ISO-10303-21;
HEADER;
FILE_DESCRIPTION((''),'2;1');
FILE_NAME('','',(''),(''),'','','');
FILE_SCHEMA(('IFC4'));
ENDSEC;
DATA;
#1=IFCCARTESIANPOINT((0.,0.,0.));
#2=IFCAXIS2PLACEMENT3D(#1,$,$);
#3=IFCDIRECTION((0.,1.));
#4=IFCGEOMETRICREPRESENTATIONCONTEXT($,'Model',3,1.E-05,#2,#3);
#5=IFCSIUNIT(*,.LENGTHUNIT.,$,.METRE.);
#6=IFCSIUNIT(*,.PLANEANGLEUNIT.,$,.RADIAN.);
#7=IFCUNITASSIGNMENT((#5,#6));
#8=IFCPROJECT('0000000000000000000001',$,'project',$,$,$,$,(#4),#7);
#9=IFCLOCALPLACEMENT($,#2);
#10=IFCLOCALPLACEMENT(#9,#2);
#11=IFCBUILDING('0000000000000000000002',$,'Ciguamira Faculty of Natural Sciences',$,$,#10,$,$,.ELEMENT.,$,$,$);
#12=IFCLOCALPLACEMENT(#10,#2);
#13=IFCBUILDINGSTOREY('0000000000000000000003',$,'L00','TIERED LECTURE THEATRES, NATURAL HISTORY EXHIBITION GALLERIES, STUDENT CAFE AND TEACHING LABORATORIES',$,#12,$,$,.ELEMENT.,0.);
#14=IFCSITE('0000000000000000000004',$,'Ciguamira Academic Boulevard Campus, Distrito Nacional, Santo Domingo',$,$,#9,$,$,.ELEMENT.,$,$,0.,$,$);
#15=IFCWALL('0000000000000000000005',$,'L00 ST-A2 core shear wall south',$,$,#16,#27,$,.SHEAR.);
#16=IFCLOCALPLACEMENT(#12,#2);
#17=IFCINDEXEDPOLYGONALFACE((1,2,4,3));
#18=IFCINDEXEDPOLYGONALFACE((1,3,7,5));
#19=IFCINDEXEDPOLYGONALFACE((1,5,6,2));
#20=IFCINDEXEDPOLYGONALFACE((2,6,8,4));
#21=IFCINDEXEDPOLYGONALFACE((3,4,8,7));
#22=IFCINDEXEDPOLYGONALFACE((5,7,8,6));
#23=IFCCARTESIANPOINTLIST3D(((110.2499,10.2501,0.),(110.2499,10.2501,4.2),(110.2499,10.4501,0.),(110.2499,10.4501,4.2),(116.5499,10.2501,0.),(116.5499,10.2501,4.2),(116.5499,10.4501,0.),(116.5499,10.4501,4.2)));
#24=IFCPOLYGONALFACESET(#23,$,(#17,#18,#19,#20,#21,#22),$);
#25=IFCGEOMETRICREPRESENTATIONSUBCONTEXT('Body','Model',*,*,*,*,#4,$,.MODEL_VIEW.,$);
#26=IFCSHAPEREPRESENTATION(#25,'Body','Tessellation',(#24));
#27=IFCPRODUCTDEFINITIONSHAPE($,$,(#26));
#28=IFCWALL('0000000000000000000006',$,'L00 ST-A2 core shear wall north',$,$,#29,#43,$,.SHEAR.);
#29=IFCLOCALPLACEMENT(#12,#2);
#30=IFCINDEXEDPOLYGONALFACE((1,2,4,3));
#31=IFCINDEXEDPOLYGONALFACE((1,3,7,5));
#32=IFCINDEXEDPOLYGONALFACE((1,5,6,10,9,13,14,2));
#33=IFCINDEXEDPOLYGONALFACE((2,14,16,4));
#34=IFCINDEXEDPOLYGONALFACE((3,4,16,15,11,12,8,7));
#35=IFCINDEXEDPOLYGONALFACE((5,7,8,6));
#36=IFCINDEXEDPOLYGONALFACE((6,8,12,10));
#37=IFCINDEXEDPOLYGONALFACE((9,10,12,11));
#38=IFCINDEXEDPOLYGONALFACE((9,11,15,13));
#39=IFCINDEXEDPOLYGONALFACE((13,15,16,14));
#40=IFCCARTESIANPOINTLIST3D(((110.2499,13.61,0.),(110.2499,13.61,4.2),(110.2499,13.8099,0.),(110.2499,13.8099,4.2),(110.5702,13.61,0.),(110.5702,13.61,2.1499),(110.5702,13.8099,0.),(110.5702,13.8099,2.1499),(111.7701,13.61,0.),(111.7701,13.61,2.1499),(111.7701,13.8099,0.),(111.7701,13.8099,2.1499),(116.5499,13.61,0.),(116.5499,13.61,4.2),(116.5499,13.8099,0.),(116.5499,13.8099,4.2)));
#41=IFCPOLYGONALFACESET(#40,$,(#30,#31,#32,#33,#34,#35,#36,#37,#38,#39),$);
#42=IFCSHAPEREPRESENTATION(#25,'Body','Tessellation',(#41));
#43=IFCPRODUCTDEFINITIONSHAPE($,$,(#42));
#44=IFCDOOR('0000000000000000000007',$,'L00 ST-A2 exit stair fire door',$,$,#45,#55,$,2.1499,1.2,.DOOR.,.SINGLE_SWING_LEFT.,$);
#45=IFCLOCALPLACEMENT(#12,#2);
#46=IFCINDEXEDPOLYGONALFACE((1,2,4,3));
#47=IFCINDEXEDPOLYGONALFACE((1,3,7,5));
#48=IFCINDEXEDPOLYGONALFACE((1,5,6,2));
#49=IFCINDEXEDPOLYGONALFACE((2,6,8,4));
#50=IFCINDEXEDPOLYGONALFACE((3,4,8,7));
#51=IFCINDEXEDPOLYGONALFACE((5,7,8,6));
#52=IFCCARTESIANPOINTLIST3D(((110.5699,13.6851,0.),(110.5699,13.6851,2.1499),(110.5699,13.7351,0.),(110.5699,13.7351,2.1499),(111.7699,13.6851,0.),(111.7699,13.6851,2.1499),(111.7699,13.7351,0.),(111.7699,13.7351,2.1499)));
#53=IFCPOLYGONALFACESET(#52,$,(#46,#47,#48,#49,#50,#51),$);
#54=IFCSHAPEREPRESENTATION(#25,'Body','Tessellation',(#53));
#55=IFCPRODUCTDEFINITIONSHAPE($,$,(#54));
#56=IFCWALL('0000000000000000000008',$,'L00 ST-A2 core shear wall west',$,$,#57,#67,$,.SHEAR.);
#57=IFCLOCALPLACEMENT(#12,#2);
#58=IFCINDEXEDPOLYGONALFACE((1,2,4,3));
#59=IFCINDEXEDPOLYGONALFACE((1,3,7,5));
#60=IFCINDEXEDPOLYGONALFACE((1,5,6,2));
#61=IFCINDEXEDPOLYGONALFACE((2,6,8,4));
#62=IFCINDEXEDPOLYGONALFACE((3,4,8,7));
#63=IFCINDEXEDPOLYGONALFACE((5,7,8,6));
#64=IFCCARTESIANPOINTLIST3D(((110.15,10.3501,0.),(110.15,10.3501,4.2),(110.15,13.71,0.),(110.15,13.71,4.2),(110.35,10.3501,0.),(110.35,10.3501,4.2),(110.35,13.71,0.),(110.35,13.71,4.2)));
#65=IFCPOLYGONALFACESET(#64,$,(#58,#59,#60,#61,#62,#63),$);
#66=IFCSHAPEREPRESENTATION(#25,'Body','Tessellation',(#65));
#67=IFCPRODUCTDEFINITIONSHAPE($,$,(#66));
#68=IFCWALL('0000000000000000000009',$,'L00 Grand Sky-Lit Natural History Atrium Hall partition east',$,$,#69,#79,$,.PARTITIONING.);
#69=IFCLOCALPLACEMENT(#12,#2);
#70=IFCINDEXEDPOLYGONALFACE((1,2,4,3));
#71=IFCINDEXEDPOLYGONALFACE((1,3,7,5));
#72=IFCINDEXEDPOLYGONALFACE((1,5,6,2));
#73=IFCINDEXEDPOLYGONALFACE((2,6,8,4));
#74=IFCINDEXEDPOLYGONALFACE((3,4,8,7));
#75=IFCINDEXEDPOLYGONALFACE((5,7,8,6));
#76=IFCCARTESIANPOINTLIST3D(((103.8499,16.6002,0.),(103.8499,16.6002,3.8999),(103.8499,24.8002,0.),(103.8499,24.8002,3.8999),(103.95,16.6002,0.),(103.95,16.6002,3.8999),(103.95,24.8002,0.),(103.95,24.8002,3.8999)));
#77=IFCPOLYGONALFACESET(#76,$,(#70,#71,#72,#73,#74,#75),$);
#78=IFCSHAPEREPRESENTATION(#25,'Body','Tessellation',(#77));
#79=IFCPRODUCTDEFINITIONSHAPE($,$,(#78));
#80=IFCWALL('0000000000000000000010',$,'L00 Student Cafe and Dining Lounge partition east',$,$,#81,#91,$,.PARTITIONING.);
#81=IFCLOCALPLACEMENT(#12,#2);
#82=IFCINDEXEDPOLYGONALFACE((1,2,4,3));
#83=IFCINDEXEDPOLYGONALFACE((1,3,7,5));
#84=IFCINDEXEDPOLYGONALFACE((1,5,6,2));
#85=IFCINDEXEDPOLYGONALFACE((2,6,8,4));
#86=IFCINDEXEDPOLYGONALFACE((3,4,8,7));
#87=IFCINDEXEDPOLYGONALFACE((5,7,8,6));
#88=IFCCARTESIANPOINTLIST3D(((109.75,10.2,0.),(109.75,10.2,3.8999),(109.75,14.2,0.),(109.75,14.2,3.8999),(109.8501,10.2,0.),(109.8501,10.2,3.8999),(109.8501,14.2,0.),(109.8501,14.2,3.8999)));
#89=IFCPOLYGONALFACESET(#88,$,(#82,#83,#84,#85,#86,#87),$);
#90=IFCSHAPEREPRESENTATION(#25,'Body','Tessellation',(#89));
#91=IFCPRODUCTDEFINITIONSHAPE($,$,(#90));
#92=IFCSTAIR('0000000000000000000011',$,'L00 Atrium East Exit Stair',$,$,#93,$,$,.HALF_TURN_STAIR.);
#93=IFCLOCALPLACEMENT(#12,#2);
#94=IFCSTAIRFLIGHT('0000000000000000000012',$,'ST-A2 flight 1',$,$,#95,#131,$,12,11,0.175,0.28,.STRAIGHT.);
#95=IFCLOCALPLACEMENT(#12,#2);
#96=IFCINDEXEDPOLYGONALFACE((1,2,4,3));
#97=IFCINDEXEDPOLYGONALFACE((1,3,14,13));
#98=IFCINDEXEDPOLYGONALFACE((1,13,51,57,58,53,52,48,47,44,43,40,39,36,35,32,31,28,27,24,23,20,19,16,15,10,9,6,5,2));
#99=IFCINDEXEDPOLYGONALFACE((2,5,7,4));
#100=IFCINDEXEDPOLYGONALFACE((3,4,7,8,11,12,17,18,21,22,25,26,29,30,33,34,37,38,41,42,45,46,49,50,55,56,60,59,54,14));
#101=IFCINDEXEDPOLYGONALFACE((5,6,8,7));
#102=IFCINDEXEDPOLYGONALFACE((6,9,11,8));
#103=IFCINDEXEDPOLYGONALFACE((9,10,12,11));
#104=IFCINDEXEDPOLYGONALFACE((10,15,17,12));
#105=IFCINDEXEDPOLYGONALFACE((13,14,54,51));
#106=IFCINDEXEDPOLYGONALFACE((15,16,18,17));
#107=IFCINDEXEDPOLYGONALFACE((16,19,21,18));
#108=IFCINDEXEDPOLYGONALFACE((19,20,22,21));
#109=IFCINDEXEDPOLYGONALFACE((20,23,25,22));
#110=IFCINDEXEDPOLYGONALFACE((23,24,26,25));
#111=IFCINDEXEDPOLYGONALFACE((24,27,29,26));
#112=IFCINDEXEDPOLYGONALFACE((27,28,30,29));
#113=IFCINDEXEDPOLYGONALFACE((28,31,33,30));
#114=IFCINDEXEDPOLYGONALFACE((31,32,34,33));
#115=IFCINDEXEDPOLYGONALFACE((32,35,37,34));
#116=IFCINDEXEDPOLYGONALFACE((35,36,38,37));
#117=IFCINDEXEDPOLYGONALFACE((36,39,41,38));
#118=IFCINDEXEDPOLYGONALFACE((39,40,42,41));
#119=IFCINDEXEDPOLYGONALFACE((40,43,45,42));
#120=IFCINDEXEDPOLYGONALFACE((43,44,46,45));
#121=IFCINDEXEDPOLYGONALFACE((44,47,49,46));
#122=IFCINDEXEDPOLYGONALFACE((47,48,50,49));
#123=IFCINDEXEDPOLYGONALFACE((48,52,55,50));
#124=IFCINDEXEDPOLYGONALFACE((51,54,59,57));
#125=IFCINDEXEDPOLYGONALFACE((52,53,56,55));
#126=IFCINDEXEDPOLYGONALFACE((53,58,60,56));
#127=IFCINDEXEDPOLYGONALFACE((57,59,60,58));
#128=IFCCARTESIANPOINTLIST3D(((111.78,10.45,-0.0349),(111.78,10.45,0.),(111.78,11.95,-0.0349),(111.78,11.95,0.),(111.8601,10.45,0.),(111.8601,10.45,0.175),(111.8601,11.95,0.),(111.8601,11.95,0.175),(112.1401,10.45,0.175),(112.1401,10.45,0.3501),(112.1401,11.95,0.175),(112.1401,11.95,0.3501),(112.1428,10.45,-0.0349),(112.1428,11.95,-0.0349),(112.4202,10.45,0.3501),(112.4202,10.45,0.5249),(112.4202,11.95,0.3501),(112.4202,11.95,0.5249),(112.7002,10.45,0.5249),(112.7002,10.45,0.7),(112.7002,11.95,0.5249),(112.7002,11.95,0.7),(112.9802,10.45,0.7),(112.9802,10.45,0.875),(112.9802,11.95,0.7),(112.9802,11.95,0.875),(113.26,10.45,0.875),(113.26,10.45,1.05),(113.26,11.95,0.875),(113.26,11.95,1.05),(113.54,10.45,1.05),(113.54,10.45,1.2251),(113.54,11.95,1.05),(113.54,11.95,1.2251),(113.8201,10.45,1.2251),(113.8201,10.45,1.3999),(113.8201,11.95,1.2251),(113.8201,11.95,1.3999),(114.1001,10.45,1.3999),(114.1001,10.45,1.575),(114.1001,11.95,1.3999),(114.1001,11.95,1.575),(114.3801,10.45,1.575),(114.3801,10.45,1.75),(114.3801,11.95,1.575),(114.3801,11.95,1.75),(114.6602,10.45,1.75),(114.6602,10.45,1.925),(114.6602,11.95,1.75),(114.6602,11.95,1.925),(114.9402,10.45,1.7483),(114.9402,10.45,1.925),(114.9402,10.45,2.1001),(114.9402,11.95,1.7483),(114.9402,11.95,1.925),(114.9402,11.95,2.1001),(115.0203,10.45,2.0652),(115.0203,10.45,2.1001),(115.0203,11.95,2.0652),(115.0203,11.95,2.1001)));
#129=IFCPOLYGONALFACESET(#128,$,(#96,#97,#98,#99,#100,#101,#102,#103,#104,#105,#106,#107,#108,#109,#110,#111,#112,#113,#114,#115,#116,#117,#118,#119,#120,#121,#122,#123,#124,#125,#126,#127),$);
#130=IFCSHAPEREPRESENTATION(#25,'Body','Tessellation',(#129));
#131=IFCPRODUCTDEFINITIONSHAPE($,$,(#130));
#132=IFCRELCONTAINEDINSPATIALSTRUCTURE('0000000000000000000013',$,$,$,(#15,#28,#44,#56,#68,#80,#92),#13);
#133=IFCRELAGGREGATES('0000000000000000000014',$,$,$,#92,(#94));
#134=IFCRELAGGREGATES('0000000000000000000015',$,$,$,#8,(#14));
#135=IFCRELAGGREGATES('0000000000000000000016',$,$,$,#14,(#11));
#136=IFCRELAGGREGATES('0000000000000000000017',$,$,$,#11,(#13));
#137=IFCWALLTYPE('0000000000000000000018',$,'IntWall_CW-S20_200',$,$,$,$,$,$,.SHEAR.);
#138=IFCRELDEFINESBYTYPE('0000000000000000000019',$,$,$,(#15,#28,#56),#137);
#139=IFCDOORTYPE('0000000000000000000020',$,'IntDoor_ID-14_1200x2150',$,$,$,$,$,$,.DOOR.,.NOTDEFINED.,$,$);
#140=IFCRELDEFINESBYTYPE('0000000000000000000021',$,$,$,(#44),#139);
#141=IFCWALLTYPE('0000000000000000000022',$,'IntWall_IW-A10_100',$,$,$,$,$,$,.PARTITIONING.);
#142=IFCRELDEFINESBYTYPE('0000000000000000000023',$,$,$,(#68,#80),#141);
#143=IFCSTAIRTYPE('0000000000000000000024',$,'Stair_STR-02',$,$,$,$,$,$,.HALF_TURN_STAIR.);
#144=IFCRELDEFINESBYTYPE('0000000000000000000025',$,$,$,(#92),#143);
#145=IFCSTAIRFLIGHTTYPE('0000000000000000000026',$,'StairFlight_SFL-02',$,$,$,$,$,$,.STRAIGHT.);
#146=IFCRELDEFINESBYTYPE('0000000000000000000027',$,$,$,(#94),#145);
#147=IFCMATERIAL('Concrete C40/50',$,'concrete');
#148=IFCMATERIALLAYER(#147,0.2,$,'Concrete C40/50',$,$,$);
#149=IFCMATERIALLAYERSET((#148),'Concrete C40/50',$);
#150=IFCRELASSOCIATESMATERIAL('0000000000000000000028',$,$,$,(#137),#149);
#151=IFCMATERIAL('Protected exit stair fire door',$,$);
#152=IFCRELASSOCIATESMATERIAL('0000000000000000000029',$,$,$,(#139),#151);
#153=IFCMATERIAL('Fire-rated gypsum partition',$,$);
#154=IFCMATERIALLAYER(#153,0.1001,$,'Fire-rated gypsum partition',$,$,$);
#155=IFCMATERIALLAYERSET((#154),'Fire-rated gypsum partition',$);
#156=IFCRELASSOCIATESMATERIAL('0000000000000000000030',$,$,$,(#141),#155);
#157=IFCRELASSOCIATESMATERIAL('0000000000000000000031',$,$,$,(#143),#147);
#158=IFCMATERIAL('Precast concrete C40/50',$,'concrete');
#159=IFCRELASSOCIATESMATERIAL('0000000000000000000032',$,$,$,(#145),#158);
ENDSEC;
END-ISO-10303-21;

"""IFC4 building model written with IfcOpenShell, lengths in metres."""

from ifc_helpers import new_model, si_unit, direction, frame, frame_2d, origin, place, context, subcontext, project, spatial, polyline, rectangle, outline, extrude, material, layer, layer_set, type_object, element, fill, aggregate, save


model = new_model("IFC4")

# Units and contexts
model_context = context("Model", 3, precision=1e-05, world=origin(), true_north=direction((0.0, 1.0)))
body_context = subcontext(model_context, "Body", "Model", "MODEL_VIEW")
ifc_project = project(units=[si_unit("LENGTHUNIT", "METRE"), si_unit("PLANEANGLEUNIT", "RADIAN")], contexts=[model_context])

# Site, building, storey
site_placement = place(None, origin())
site = spatial("IfcSite", under=ifc_project, at=site_placement, Name="Ciguamira Academic Boulevard Campus, Distrito Nacional, Santo Domingo", CompositionType="ELEMENT", RefElevation=0.0)
building_placement = place(site_placement, origin())
building = spatial("IfcBuilding", under=site, at=building_placement, Name="Ciguamira Faculty of Natural Sciences", CompositionType="ELEMENT")
storey_placement = place(building_placement, origin())
storey = spatial("IfcBuildingStorey", under=building, at=storey_placement, Name="L00", Description="TIERED LECTURE THEATRES, NATURAL HISTORY EXHIBITION GALLERIES, STUDENT CAFE AND TEACHING LABORATORIES", CompositionType="ELEMENT", Elevation=0.0)

# Shared definitions
ifc_material_1 = material(Name="Concrete C40/50", Category="concrete")

# Wall
ifc_layer_1 = layer(ifc_material_1, 0.2, Name="Concrete C40/50")
ifc_layer_set_1 = layer_set([ifc_layer_1], Name="Concrete C40/50")
wall_type_1 = type_object("IfcWallType", Name="IntWall_CW-S20_200", PredefinedType="SHEAR", material=ifc_layer_set_1)
wall_1_placement = place(storey_placement, frame((110.25, 10.3501, 0.0), z_axis=(0.0, 0.0, 1.0), x_axis=(1.0, 0.0, 0.0)))
element("IfcWall", 1, at=wall_1_placement, inside=storey, type_object=wall_type_1, Name="L00 ST-A2 core shear wall south", PredefinedType="SHEAR", context=body_context, shape_type="SweptSolid", body=[
    extrude(rectangle(XDim=6.3, YDim=0.2, at=frame_2d((3.1499, 0.0))), origin(), (0.0, 0.0, 1.0), 4.2),
])

# Wall, opening, door
wall_2_placement = place(storey_placement, frame((110.25, 13.71, 0.0), z_axis=(0.0, 0.0, 1.0), x_axis=(1.0, 0.0, 0.0)))
wall_2 = element("IfcWall", 2, at=wall_2_placement, inside=storey, type_object=wall_type_1, Name="L00 ST-A2 core shear wall north", PredefinedType="SHEAR", context=body_context, shape_type="SweptSolid", body=[
    extrude(rectangle(XDim=6.3, YDim=0.2, at=frame_2d((3.1499, 0.0))), origin(), (0.0, 0.0, 1.0), 4.2),
])
opening_placement = place(wall_2_placement, frame((0.3201, 0.0, 0.0)))
opening = element("IfcOpeningElement", 3, at=opening_placement, cuts=wall_2, PredefinedType="OPENING", context=body_context, shape_type="SweptSolid", body=[
    extrude(rectangle(XDim=1.2, YDim=2.1499, at=frame_2d((0.6001, 1.075))), frame((0.0, 0.1099, 0.0), z_axis=(0.0, -1.0, 0.0), x_axis=(1.0, 0.0, 0.0)), (0.0, 0.0, 1.0), 0.22),
])
ifc_material_2 = material(Name="Protected exit stair fire door")
door_type = type_object("IfcDoorType", Name="IntDoor_ID-14_1200x2150", OperationType="NOTDEFINED", PredefinedType="DOOR", material=ifc_material_2)
door_placement = place(opening_placement, frame((1.2, 0.0, 0.0), z_axis=(0.0, 0.0, 1.0), x_axis=(-1.0, 0.0, 0.0)))
door = element("IfcDoor", 4, at=door_placement, inside=storey, type_object=door_type, Name="L00 ST-A2 exit stair fire door", OperationType="SINGLE_SWING_LEFT", OverallHeight=2.1499, OverallWidth=1.2, PredefinedType="DOOR", context=body_context, shape_type="SweptSolid", body=[
    extrude(rectangle(XDim=1.2, YDim=2.1499, at=frame_2d((0.6001, 1.075))), frame((0.0, 0.0249, 0.0), z_axis=(0.0, -1.0, 0.0), x_axis=(1.0, 0.0, 0.0)), (0.0, 0.0, 1.0), 0.05),
])
fill(opening, door)

# Walls
wall_3_placement = place(storey_placement, frame((110.25, 10.3501, 0.0), z_axis=(0.0, 0.0, 1.0), x_axis=(0.0, 1.0, 0.0)))
element("IfcWall", 5, at=wall_3_placement, inside=storey, type_object=wall_type_1, Name="L00 ST-A2 core shear wall west", PredefinedType="SHEAR", context=body_context, shape_type="SweptSolid", body=[
    extrude(rectangle(XDim=3.3599, YDim=0.2, at=frame_2d((1.6799, 0.0))), origin(), (0.0, 0.0, 1.0), 4.2),
])
ifc_material_3 = material(Name="Fire-rated gypsum partition")
ifc_layer_2 = layer(ifc_material_3, 0.1001, Name="Fire-rated gypsum partition")
ifc_layer_set_2 = layer_set([ifc_layer_2], Name="Fire-rated gypsum partition")
wall_type_2 = type_object("IfcWallType", Name="IntWall_IW-A10_100", PredefinedType="PARTITIONING", material=ifc_layer_set_2)
wall_4_placement = place(storey_placement, frame((103.8999, 16.6001, 0.0), z_axis=(0.0, 0.0, 1.0), x_axis=(0.0, 1.0, 0.0)))
element("IfcWall", 6, at=wall_4_placement, inside=storey, type_object=wall_type_2, Name="L00 Grand Sky-Lit Natural History Atrium Hall partition east", PredefinedType="PARTITIONING", context=body_context, shape_type="SweptSolid", body=[
    extrude(rectangle(XDim=8.2, YDim=0.1001, at=frame_2d((4.1001, 0.0))), origin(), (0.0, 0.0, 1.0), 3.8999),
])
wall_5_placement = place(storey_placement, frame((109.8, 10.2, 0.0), z_axis=(0.0, 0.0, 1.0), x_axis=(0.0, 1.0, 0.0)))
element("IfcWall", 7, at=wall_5_placement, inside=storey, type_object=wall_type_2, Name="L00 Student Cafe and Dining Lounge partition east", PredefinedType="PARTITIONING", context=body_context, shape_type="SweptSolid", body=[
    extrude(rectangle(XDim=4.0, YDim=0.1001, at=frame_2d((2.0, 0.0))), origin(), (0.0, 0.0, 1.0), 3.8999),
])

# Stair, stair flight
stair_type = type_object("IfcStairType", Name="Stair_STR-02", PredefinedType="HALF_TURN_STAIR", material=ifc_material_1)
stair_placement = place(storey_placement, origin())
stair = element("IfcStair", 8, at=stair_placement, inside=storey, type_object=stair_type, Name="L00 Atrium East Exit Stair", PredefinedType="HALF_TURN_STAIR")
ifc_material_4 = material(Name="Precast concrete C40/50", Category="concrete")
stair_flight_type = type_object("IfcStairFlightType", Name="StairFlight_SFL-02", PredefinedType="STRAIGHT", material=ifc_material_4)
stair_flight_placement = place(storey_placement, frame((111.8601, 11.2, 0.0), z_axis=(0.0, 0.0, 1.0), x_axis=(1.0, 0.0, 0.0)))
stair_flight = element("IfcStairFlight", 9, at=stair_flight_placement, type_object=stair_flight_type, Name="ST-A2 flight 1", NumberOfRisers=12, NumberOfTreads=11, PredefinedType="STRAIGHT", RiserHeight=0.175, TreadLength=0.28, context=body_context, shape_type="SweptSolid", body=[
    extrude(outline(polyline([(-0.0801, -0.0349), (-0.0801, 0.0), (0.0, 0.0), (0.0, 0.175), (0.28, 0.175), (0.28, 0.3501), (0.5601, 0.3501), (0.5601, 0.5249), (0.8401, 0.5249), (0.8401, 0.7), (1.1201, 0.7), (1.1201, 0.875), (1.3999, 0.875), (1.3999, 1.05), (1.6799, 1.05), (1.6799, 1.2251), (1.96, 1.2251), (1.96, 1.3999), (2.24, 1.3999), (2.24, 1.575), (2.52, 1.575), (2.52, 1.75), (2.8, 1.75), (2.8, 1.925), (3.0801, 1.925), (3.0801, 2.1001), (3.1602, 2.1001), (3.1602, 2.0652), (3.0801, 1.7483), (0.2827, -0.0349), (-0.0801, -0.0349)])), frame((0.0, 0.75, 0.0), z_axis=(0.0, -1.0, 0.0), x_axis=(1.0, 0.0, 0.0)), (0.0, 0.0, 1.0), 1.5),
])
aggregate(stair, [stair_flight])

save(model, "model.ifc")
